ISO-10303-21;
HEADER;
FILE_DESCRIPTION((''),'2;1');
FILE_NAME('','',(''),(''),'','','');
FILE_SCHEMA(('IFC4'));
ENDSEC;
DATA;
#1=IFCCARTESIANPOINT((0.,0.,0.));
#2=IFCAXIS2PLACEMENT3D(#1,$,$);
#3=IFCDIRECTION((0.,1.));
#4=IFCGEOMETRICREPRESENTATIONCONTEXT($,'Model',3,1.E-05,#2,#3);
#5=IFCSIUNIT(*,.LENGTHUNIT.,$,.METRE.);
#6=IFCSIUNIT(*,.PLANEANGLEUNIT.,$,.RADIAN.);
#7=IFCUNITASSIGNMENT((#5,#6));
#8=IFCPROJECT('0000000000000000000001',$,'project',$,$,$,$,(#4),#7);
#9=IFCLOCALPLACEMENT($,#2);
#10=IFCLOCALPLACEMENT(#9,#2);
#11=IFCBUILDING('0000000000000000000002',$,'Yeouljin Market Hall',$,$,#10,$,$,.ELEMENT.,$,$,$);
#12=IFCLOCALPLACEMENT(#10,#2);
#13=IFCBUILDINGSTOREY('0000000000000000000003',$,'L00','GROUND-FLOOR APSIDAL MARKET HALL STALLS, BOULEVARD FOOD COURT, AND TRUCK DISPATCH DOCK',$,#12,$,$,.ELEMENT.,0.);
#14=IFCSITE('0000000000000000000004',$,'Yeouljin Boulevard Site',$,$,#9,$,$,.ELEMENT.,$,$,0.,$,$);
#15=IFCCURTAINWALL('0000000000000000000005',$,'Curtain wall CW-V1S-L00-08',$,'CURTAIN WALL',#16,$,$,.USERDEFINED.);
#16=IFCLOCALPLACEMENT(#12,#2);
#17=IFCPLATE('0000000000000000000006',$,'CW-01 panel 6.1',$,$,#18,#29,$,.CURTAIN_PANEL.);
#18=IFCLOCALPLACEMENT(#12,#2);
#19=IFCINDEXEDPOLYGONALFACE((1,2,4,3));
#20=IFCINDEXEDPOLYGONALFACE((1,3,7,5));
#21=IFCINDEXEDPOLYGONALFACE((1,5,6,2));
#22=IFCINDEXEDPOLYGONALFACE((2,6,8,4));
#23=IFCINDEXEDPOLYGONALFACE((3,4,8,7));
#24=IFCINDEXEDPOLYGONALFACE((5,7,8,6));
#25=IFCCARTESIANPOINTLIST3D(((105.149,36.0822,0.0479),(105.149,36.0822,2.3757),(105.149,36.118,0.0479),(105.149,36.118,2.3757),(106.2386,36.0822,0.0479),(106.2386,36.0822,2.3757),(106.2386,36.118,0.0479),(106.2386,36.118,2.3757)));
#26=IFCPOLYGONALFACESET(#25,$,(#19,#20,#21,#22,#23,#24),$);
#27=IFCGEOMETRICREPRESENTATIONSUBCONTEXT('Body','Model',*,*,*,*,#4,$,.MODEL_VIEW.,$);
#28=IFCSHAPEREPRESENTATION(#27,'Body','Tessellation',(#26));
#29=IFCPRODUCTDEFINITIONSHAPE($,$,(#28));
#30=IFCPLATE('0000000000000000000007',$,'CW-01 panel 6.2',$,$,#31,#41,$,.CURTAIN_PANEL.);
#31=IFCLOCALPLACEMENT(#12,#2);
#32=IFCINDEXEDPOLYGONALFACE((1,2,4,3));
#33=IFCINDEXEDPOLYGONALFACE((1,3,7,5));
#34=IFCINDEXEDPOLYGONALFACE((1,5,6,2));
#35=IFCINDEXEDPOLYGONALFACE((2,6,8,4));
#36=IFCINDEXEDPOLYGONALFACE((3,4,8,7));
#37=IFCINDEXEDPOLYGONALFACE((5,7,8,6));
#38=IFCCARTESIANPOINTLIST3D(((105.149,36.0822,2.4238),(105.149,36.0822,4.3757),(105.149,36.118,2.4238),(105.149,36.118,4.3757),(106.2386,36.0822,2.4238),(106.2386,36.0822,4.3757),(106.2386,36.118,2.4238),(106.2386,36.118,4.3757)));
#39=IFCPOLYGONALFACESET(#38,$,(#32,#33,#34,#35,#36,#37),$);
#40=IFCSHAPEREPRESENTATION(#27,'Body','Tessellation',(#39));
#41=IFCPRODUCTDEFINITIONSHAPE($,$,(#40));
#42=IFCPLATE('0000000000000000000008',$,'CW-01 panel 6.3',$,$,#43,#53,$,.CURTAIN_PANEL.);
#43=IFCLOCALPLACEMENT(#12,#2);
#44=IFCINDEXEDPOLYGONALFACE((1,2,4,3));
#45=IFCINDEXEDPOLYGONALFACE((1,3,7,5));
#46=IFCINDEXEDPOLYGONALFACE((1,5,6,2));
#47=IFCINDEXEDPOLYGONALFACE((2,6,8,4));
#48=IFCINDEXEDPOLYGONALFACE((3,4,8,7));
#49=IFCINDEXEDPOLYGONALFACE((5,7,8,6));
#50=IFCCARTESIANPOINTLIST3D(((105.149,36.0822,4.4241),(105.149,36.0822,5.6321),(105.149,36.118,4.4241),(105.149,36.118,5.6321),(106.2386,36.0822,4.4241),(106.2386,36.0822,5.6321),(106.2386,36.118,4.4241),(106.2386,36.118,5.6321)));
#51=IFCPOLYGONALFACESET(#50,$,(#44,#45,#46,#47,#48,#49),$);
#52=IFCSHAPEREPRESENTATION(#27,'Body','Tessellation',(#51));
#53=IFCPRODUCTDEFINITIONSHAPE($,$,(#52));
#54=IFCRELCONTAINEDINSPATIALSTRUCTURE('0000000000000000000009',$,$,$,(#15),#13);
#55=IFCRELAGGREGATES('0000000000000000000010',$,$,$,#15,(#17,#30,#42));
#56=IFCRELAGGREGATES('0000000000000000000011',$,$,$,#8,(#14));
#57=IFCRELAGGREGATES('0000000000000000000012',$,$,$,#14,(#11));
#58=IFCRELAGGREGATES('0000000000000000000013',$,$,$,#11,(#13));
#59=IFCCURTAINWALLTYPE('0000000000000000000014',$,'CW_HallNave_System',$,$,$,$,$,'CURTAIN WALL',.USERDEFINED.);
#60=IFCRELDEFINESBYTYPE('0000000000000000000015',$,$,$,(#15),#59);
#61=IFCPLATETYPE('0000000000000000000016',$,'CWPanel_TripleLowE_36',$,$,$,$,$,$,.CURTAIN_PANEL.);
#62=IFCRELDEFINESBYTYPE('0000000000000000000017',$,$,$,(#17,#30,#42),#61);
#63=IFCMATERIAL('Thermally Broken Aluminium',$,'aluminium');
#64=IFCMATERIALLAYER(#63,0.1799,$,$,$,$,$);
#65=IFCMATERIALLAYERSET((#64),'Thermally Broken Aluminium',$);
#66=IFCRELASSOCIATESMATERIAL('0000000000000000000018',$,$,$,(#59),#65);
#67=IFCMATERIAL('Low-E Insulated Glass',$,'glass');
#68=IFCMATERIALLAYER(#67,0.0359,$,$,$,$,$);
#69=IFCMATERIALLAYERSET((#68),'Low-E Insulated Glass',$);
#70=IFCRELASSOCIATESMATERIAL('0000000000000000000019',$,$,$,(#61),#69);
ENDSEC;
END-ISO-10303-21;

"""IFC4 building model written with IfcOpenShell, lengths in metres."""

from ifc_helpers import new_model, si_unit, direction, frame, origin, origin_2d, place, context, subcontext, project, spatial, rectangle, extrude, material, layer, layer_set, type_object, element, aggregate, save


model = new_model("IFC4")

# Units and contexts
model_context = context("Model", 3, precision=1e-05, world=origin(), true_north=direction((0.0, 1.0)))
body_context = subcontext(model_context, "Body", "Model", "MODEL_VIEW")
ifc_project = project(units=[si_unit("LENGTHUNIT", "METRE"), si_unit("PLANEANGLEUNIT", "RADIAN")], contexts=[model_context])

# Site, building, storey
site_placement = place(None, origin())
site = spatial("IfcSite", under=ifc_project, at=site_placement, Name="Yeouljin Boulevard Site", CompositionType="ELEMENT", RefElevation=0.0)
building_placement = place(site_placement, origin())
building = spatial("IfcBuilding", under=site, at=building_placement, Name="Yeouljin Market Hall", CompositionType="ELEMENT")
storey_placement = place(building_placement, origin())
storey = spatial("IfcBuildingStorey", under=building, at=storey_placement, Name="L00", Description="GROUND-FLOOR APSIDAL MARKET HALL STALLS, BOULEVARD FOOD COURT, AND TRUCK DISPATCH DOCK", CompositionType="ELEMENT", Elevation=0.0)

# Curtain wall, plates
ifc_material_1 = material(Name="Thermally Broken Aluminium", Category="aluminium")
ifc_layer_1 = layer(ifc_material_1, 0.1799)
ifc_layer_set_1 = layer_set([ifc_layer_1], Name="Thermally Broken Aluminium")
curtain_wall_type = type_object("IfcCurtainWallType", Name="CW_HallNave_System", ElementType="CURTAIN WALL", PredefinedType="USERDEFINED", material=ifc_layer_set_1)
curtain_wall_placement = place(storey_placement, origin())
curtain_wall = element("IfcCurtainWall", 1, at=curtain_wall_placement, inside=storey, type_object=curtain_wall_type, Name="Curtain wall CW-V1S-L00-08", ObjectType="CURTAIN WALL", PredefinedType="USERDEFINED")
ifc_material_2 = material(Name="Low-E Insulated Glass", Category="glass")
ifc_layer_2 = layer(ifc_material_2, 0.0359)
ifc_layer_set_2 = layer_set([ifc_layer_2], Name="Low-E Insulated Glass")
plate_type = type_object("IfcPlateType", Name="CWPanel_TripleLowE_36", PredefinedType="CURTAIN_PANEL", material=ifc_layer_set_2)
plate_1_placement = place(storey_placement, frame((105.6938, 36.1001, 0.0479), z_axis=(0.0, 0.0, 1.0), x_axis=(-1.0, 0.0, 0.0)))
plate_1 = element("IfcPlate", 2, at=plate_1_placement, type_object=plate_type, Name="CW-01 panel 6.1", PredefinedType="CURTAIN_PANEL", context=body_context, shape_type="SweptSolid", body=[
    extrude(rectangle(XDim=1.0896, YDim=0.0359, at=origin_2d()), origin(), (0.0, 0.0, 1.0), 2.3279),
])
plate_2_placement = place(storey_placement, frame((105.6938, 36.1001, 2.4238), z_axis=(0.0, 0.0, 1.0), x_axis=(-1.0, 0.0, 0.0)))
plate_2 = element("IfcPlate", 3, at=plate_2_placement, type_object=plate_type, Name="CW-01 panel 6.2", PredefinedType="CURTAIN_PANEL", context=body_context, shape_type="SweptSolid", body=[
    extrude(rectangle(XDim=1.0896, YDim=0.0359, at=origin_2d()), origin(), (0.0, 0.0, 1.0), 1.9519),
])
plate_3_placement = place(storey_placement, frame((105.6938, 36.1001, 4.4241), z_axis=(0.0, 0.0, 1.0), x_axis=(-1.0, 0.0, 0.0)))
plate_3 = element("IfcPlate", 4, at=plate_3_placement, type_object=plate_type, Name="CW-01 panel 6.3", PredefinedType="CURTAIN_PANEL", context=body_context, shape_type="SweptSolid", body=[
    extrude(rectangle(XDim=1.0896, YDim=0.0359, at=origin_2d()), origin(), (0.0, 0.0, 1.0), 1.208),
])
aggregate(curtain_wall, [plate_1, plate_2, plate_3])

save(model, "model.ifc")
